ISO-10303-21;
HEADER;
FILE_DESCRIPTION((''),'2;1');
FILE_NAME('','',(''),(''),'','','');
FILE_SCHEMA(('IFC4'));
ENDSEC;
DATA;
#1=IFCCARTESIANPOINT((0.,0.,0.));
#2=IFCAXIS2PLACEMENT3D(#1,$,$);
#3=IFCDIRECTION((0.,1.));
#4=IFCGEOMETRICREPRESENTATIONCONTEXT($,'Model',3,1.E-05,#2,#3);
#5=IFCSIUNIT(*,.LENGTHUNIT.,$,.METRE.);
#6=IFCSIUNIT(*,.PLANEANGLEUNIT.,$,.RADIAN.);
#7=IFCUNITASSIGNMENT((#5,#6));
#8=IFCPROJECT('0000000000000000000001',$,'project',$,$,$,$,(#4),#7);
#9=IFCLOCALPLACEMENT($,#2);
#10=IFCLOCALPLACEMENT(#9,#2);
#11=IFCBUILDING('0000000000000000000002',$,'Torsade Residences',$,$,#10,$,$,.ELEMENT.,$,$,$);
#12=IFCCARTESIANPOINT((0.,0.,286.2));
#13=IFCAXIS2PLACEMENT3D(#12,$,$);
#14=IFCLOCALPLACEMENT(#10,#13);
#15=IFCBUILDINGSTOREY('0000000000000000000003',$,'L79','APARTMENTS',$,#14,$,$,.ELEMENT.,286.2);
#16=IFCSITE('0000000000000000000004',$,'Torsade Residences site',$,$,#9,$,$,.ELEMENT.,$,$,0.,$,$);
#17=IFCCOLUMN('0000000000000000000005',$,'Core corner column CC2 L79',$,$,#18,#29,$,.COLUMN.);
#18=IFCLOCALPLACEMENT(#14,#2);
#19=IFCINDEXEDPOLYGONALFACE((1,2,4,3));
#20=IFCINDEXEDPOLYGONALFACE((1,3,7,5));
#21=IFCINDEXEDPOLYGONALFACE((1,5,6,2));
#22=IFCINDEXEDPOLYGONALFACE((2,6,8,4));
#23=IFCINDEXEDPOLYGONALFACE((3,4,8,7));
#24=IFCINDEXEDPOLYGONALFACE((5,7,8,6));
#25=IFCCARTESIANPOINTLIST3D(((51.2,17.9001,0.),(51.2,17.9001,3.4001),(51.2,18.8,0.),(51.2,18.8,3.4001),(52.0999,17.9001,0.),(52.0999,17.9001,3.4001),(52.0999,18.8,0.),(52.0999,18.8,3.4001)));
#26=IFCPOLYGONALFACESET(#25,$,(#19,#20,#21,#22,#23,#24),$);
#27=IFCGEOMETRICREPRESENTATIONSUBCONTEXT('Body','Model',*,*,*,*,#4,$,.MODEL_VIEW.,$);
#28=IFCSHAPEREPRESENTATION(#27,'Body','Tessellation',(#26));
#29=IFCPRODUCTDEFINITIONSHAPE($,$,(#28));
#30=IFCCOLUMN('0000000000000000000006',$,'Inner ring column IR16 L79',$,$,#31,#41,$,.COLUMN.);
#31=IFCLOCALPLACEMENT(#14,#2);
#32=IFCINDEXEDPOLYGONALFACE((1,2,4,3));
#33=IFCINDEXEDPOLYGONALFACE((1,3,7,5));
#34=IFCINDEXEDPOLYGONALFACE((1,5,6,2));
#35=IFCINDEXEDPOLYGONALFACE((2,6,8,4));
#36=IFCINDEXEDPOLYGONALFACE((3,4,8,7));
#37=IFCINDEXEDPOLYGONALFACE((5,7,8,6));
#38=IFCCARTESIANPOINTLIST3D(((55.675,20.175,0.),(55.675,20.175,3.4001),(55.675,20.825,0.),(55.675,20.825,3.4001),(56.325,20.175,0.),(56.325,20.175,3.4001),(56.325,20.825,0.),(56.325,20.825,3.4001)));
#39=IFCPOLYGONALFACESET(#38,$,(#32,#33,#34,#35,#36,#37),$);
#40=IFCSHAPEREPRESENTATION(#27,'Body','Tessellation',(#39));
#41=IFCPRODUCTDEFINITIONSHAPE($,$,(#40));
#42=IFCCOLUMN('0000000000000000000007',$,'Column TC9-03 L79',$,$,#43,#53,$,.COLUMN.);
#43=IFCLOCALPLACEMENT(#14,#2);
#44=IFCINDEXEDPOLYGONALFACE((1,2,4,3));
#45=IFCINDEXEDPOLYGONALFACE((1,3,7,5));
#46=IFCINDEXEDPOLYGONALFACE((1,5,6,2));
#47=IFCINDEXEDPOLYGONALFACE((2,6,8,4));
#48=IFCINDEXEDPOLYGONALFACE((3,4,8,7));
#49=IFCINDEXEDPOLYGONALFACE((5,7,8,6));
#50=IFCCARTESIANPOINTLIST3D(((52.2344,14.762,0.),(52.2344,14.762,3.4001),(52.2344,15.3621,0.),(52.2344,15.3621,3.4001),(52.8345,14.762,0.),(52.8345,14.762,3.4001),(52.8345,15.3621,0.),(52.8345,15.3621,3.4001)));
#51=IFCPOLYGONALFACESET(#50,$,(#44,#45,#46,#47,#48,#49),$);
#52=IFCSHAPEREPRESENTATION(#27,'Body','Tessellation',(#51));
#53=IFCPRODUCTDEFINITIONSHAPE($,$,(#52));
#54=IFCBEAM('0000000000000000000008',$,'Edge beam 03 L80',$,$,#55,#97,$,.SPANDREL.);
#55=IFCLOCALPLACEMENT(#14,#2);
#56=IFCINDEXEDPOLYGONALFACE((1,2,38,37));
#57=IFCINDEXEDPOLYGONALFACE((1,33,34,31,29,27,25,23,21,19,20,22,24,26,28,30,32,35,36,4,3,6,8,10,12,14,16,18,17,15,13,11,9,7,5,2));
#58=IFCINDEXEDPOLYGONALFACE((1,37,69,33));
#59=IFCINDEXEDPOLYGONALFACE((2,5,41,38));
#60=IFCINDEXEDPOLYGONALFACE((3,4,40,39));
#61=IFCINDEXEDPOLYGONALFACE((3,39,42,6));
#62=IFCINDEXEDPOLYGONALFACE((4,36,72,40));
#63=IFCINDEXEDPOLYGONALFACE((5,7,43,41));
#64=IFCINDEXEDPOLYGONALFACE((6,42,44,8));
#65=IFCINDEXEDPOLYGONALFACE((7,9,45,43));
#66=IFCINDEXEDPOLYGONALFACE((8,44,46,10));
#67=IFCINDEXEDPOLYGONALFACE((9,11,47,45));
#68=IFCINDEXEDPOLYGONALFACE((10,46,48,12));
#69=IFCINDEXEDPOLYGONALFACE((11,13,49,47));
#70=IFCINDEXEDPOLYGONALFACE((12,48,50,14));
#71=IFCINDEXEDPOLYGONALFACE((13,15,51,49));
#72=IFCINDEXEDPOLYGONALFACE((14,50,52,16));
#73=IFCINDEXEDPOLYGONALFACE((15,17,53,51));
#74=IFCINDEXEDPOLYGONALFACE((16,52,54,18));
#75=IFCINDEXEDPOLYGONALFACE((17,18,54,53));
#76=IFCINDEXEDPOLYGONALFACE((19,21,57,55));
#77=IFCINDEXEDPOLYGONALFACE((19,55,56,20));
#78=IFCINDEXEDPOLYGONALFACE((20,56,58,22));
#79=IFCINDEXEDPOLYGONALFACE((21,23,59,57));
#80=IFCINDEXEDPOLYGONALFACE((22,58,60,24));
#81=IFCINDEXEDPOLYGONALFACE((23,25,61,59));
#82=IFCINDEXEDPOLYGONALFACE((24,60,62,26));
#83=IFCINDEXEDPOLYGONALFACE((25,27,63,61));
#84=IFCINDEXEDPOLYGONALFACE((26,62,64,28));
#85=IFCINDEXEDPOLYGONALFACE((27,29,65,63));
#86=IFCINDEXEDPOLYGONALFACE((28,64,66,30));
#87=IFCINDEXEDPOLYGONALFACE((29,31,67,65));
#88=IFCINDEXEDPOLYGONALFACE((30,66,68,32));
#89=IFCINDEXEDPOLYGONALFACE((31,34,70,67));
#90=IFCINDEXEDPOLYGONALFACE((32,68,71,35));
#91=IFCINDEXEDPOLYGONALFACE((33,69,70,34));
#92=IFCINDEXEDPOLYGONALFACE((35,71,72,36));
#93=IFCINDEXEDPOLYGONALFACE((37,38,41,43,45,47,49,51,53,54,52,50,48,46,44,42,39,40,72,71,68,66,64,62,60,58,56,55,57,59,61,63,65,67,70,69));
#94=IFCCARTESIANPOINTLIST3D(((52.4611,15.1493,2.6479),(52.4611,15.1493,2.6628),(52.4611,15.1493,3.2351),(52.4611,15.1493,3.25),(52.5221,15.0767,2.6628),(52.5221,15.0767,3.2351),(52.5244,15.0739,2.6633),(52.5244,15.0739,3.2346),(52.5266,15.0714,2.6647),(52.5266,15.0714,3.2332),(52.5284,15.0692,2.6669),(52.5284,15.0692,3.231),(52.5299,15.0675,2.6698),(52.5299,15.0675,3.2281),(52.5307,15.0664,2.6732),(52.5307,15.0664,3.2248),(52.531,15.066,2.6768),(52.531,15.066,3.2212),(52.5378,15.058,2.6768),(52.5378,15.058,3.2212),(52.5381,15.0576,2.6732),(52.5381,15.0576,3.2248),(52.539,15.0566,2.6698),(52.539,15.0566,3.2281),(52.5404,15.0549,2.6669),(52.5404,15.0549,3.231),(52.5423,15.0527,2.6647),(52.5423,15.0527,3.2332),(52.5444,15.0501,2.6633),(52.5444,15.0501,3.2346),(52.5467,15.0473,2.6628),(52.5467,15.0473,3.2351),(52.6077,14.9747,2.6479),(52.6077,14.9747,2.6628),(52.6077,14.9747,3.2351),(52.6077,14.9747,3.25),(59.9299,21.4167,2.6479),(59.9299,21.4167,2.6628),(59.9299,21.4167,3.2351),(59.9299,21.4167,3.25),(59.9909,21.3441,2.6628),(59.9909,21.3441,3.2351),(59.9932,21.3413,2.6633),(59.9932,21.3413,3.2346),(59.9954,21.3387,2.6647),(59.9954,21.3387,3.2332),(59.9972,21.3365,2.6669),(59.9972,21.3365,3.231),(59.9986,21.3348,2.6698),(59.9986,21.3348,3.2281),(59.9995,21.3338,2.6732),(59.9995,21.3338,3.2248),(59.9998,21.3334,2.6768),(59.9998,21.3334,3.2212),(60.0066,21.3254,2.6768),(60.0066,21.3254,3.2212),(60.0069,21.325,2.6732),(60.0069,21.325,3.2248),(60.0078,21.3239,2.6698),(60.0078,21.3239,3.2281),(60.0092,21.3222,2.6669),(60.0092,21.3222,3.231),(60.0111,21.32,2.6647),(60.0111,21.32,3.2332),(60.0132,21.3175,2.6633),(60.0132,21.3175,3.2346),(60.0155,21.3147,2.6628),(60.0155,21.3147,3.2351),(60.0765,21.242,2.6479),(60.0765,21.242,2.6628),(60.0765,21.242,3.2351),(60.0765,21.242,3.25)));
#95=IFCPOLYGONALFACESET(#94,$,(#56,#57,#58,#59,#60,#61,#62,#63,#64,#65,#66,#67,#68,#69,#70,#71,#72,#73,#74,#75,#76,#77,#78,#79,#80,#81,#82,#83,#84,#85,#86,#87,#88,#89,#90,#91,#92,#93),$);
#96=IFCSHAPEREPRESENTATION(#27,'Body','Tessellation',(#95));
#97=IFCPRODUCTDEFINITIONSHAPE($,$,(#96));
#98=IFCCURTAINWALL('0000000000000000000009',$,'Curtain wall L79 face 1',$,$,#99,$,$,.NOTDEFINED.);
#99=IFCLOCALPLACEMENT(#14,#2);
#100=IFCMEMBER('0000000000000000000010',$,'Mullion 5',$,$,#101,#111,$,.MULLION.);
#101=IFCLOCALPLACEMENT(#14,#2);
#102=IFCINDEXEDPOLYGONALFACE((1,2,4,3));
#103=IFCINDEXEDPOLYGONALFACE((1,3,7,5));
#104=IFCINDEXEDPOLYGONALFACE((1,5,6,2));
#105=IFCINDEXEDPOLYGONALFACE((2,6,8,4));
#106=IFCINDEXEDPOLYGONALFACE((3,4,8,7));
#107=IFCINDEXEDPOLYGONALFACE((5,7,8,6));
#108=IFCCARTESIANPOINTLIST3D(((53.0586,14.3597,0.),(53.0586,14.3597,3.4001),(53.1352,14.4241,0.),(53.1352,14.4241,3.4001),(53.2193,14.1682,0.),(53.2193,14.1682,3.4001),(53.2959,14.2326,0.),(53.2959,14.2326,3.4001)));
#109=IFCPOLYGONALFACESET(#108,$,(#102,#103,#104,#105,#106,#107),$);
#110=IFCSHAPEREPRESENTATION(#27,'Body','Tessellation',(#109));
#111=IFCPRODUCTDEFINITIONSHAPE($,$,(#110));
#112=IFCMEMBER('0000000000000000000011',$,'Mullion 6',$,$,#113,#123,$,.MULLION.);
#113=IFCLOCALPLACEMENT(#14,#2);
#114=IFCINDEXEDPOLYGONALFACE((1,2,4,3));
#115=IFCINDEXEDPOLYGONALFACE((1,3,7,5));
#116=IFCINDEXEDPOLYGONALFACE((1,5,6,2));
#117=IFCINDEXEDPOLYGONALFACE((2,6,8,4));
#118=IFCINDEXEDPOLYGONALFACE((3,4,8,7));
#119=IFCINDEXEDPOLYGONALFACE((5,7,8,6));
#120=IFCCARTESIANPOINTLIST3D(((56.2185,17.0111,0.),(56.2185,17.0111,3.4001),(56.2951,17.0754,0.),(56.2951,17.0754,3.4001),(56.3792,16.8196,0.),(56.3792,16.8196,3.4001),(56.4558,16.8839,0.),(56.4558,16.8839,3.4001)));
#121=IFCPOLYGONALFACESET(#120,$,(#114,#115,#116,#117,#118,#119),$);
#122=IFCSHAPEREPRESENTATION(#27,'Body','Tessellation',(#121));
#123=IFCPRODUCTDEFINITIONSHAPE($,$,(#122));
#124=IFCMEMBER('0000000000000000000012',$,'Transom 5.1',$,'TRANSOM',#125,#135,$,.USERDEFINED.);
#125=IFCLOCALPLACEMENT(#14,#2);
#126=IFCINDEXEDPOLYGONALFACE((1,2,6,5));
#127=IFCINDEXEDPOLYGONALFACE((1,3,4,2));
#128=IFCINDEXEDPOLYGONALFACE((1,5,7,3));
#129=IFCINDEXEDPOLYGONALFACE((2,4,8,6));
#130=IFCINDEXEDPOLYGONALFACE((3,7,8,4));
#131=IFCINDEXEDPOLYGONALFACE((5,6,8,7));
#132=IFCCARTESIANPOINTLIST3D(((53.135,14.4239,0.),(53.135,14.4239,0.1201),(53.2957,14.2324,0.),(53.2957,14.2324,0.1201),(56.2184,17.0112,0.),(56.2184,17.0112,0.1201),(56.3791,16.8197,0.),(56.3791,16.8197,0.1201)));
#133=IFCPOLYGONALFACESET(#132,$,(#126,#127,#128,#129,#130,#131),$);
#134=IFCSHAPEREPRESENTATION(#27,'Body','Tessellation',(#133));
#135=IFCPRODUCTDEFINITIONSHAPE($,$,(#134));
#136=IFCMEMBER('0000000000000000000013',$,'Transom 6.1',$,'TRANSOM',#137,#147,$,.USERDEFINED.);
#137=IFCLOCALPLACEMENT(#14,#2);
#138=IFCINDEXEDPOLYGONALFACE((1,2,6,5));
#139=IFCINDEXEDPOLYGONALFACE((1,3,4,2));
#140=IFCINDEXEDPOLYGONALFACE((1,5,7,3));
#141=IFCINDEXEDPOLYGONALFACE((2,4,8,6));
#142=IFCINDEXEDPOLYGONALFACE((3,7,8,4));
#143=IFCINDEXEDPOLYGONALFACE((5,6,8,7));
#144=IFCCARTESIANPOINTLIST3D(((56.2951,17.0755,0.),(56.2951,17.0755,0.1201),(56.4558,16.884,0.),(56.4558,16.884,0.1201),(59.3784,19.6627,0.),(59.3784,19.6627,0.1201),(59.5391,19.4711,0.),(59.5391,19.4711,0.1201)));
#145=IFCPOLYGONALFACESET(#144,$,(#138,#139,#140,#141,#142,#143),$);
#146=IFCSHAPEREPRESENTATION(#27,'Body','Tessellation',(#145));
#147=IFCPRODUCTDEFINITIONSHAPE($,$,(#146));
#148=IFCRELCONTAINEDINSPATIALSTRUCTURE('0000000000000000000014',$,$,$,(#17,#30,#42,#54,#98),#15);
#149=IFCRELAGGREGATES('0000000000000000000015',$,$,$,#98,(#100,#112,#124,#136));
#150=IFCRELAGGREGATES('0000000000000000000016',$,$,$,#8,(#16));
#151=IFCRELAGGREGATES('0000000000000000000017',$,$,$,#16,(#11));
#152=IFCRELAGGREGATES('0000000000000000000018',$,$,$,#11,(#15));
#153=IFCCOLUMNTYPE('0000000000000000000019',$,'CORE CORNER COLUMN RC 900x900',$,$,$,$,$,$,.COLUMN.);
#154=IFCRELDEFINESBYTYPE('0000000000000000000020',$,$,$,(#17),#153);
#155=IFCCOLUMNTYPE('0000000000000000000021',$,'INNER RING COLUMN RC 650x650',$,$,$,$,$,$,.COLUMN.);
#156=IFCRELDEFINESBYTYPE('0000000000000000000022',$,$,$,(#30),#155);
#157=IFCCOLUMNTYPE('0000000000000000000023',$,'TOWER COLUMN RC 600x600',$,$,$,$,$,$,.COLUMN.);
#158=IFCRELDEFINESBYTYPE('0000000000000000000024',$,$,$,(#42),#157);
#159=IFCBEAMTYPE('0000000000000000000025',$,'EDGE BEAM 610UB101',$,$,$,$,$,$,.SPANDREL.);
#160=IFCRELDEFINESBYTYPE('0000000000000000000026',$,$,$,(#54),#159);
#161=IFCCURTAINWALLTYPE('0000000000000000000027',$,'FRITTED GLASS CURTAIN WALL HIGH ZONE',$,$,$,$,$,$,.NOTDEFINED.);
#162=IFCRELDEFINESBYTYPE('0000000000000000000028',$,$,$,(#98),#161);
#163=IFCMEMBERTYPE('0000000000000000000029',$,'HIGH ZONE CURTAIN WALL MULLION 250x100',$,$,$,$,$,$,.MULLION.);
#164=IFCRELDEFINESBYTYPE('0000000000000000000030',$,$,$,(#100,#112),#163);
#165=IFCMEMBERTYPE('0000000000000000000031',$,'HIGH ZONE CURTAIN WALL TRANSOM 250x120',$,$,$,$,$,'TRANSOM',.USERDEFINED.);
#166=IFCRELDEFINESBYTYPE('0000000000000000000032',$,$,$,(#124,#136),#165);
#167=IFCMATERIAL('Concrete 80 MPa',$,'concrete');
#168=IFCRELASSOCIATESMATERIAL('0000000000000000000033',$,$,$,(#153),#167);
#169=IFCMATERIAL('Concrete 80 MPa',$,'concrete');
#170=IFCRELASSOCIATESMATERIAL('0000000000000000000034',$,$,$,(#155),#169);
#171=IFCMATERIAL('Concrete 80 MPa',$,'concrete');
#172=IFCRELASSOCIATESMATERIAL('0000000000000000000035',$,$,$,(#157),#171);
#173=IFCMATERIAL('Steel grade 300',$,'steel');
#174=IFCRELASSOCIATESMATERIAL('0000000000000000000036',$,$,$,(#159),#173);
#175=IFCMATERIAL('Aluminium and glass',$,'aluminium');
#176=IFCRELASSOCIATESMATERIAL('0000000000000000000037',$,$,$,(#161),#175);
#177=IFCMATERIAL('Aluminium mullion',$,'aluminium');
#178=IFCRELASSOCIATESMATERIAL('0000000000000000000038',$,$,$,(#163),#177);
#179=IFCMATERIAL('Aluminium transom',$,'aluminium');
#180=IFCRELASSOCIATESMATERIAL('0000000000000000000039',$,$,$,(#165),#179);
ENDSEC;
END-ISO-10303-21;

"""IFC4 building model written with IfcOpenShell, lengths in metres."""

from ifc_helpers import new_model, si_unit, direction, frame, origin, origin_2d, place, context, subcontext, project, spatial, rectangle, i_section, extrude, material, material_profile, profile_set, type_object, element, aggregate, save


model = new_model("IFC4")

# Units and contexts
model_context = context("Model", 3, precision=1e-05, world=origin(), true_north=direction((0.0, 1.0)))
body_context = subcontext(model_context, "Body", "Model", "MODEL_VIEW")
ifc_project = project(units=[si_unit("LENGTHUNIT", "METRE"), si_unit("PLANEANGLEUNIT", "RADIAN")], contexts=[model_context])

# Site, building, storey
site_placement = place(None, origin())
site = spatial("IfcSite", under=ifc_project, at=site_placement, Name="Torsade Residences site", CompositionType="ELEMENT", RefElevation=0.0)
building_placement = place(site_placement, origin())
building = spatial("IfcBuilding", under=site, at=building_placement, Name="Torsade Residences", CompositionType="ELEMENT")
storey_placement = place(building_placement, frame((0.0, 0.0, 286.2)))
storey = spatial("IfcBuildingStorey", under=building, at=storey_placement, Name="L79", Description="APARTMENTS", CompositionType="ELEMENT", Elevation=286.2)

# Columns
ifc_material_1 = material(Name="Concrete 80 MPa", Category="concrete")
ifc_material_profile_1 = material_profile(ifc_material_1, rectangle(XDim=0.8999, YDim=0.8999, at=origin_2d()), Name="RC 900x900")
ifc_profile_set_1 = profile_set([ifc_material_profile_1], Name="Concrete 80 MPa")
column_type_1 = type_object("IfcColumnType", Name="CORE CORNER COLUMN RC 900x900", PredefinedType="COLUMN", material=ifc_profile_set_1)
column_1_placement = place(storey_placement, frame((51.6499, 18.3501, 0.0), z_axis=(0.0, 0.0, 1.0), x_axis=(1.0, 0.0, 0.0)))
element("IfcColumn", 1, at=column_1_placement, inside=storey, type_object=column_type_1, Name="Core corner column CC2 L79", PredefinedType="COLUMN", context=body_context, shape_type="SweptSolid", body=[
    extrude(rectangle(XDim=0.8999, YDim=0.8999, at=origin_2d()), origin(), (0.0, 0.0, 1.0), 3.4001),
])
ifc_material_2 = material(Name="Concrete 80 MPa", Category="concrete")
ifc_material_profile_2 = material_profile(ifc_material_2, rectangle(XDim=0.6499, YDim=0.6499, at=origin_2d()), Name="RC 650x650")
ifc_profile_set_2 = profile_set([ifc_material_profile_2], Name="Concrete 80 MPa")
column_type_2 = type_object("IfcColumnType", Name="INNER RING COLUMN RC 650x650", PredefinedType="COLUMN", material=ifc_profile_set_2)
column_2_placement = place(storey_placement, frame((56.0, 20.5, 0.0), z_axis=(0.0, 0.0, 1.0), x_axis=(1.0, 0.0, 0.0)))
element("IfcColumn", 2, at=column_2_placement, inside=storey, type_object=column_type_2, Name="Inner ring column IR16 L79", PredefinedType="COLUMN", context=body_context, shape_type="SweptSolid", body=[
    extrude(rectangle(XDim=0.6499, YDim=0.6499, at=origin_2d()), origin(), (0.0, 0.0, 1.0), 3.4001),
])
ifc_material_3 = material(Name="Concrete 80 MPa", Category="concrete")
ifc_material_profile_3 = material_profile(ifc_material_3, rectangle(XDim=0.6001, YDim=0.6001, at=origin_2d()), Name="RC 600x600")
ifc_profile_set_3 = profile_set([ifc_material_profile_3], Name="Concrete 80 MPa")
column_type_3 = type_object("IfcColumnType", Name="TOWER COLUMN RC 600x600", PredefinedType="COLUMN", material=ifc_profile_set_3)
column_3_placement = place(storey_placement, frame((52.5344, 15.062, 0.0), z_axis=(0.0, 0.0, 1.0), x_axis=(1.0, 0.0, 0.0)))
element("IfcColumn", 3, at=column_3_placement, inside=storey, type_object=column_type_3, Name="Column TC9-03 L79", PredefinedType="COLUMN", context=body_context, shape_type="SweptSolid", body=[
    extrude(rectangle(XDim=0.6001, YDim=0.6001, at=origin_2d()), origin(), (0.0, 0.0, 1.0), 3.4001),
])

# Beam
ifc_material_4 = material(Name="Steel grade 300", Category="steel")
ifc_material_profile_4 = material_profile(ifc_material_4, i_section(OverallWidth=0.228, OverallDepth=0.6021, WebThickness=0.0105, FlangeThickness=0.0149, FilletRadius=0.0139, at=origin_2d()), Name="610UB101")
ifc_profile_set_4 = profile_set([ifc_material_profile_4], Name="Steel grade 300")
beam_type_1 = type_object("IfcBeamType", Name="EDGE BEAM 610UB101", PredefinedType="SPANDREL", material=ifc_profile_set_4)
beam_1_placement = place(storey_placement, frame((52.5344, 15.062, 2.949), z_axis=(0.766029, 0.642806, 0.0), x_axis=(-0.642806, 0.766029, 0.0)))
element("IfcBeam", 4, at=beam_1_placement, inside=storey, type_object=beam_type_1, Name="Edge beam 03 L80", PredefinedType="SPANDREL", context=body_context, shape_type="SweptSolid", body=[
    extrude(i_section(OverallWidth=0.228, OverallDepth=0.6021, WebThickness=0.0105, FlangeThickness=0.0149, FilletRadius=0.0139, at=origin_2d()), origin(), (0.0, 0.0, 1.0), 9.75),
])

# Curtain wall, members
ifc_material_5 = material(Name="Aluminium and glass", Category="aluminium")
curtain_wall_type = type_object("IfcCurtainWallType", Name="FRITTED GLASS CURTAIN WALL HIGH ZONE", PredefinedType="NOTDEFINED", material=ifc_material_5)
curtain_wall_placement = place(storey_placement, origin())
curtain_wall = element("IfcCurtainWall", 5, at=curtain_wall_placement, inside=storey, type_object=curtain_wall_type, Name="Curtain wall L79 face 1", PredefinedType="NOTDEFINED")
ifc_material_6 = material(Name="Aluminium mullion", Category="aluminium")
ifc_material_profile_5 = material_profile(ifc_material_6, rectangle(XDim=0.25, YDim=0.1001, at=origin_2d()), Name="HIGH ZONE CURTAIN WALL MULLION 250x100")
ifc_profile_set_5 = profile_set([ifc_material_profile_5], Name="Aluminium mullion")
member_type_1 = type_object("IfcMemberType", Name="HIGH ZONE CURTAIN WALL MULLION 250x100", PredefinedType="MULLION", material=ifc_profile_set_5)
member_1_placement = place(storey_placement, frame((53.1772, 14.2961, 0.0), z_axis=(0.0, 0.0, 1.0), x_axis=(-0.642788, 0.766044, 0.0)))
member_1 = element("IfcMember", 6, at=member_1_placement, type_object=member_type_1, Name="Mullion 5", PredefinedType="MULLION", context=body_context, shape_type="SweptSolid", body=[
    extrude(rectangle(XDim=0.25, YDim=0.1001, at=origin_2d()), origin(), (0.0, 0.0, 1.0), 3.4001),
])
member_2_placement = place(storey_placement, frame((56.3372, 16.9475, 0.0), z_axis=(0.0, 0.0, 1.0), x_axis=(-0.642788, 0.766044, 0.0)))
member_2 = element("IfcMember", 7, at=member_2_placement, type_object=member_type_1, Name="Mullion 6", PredefinedType="MULLION", context=body_context, shape_type="SweptSolid", body=[
    extrude(rectangle(XDim=0.25, YDim=0.1001, at=origin_2d()), origin(), (0.0, 0.0, 1.0), 3.4001),
])
ifc_material_7 = material(Name="Aluminium transom", Category="aluminium")
ifc_material_profile_6 = material_profile(ifc_material_7, rectangle(XDim=0.25, YDim=0.1201, at=origin_2d()), Name="HIGH ZONE CURTAIN WALL TRANSOM 250x120")
ifc_profile_set_6 = profile_set([ifc_material_profile_6], Name="Aluminium transom")
member_type_2 = type_object("IfcMemberType", Name="HIGH ZONE CURTAIN WALL TRANSOM 250x120", ElementType="TRANSOM", PredefinedType="USERDEFINED", material=ifc_profile_set_6)
member_3_placement = place(storey_placement, frame((53.2153, 14.3281, 0.0601), z_axis=(0.766039, 0.642794, 0.0), x_axis=(-0.642794, 0.766039, 0.0)))
member_3 = element("IfcMember", 8, at=member_3_placement, type_object=member_type_2, Name="Transom 5.1", ObjectType="TRANSOM", PredefinedType="USERDEFINED", context=body_context, shape_type="SweptSolid", body=[
    extrude(rectangle(XDim=0.25, YDim=0.1201, at=origin_2d()), origin(), (0.0, 0.0, 1.0), 4.0251),
])
member_4_placement = place(storey_placement, frame((56.3755, 16.9797, 0.0601), z_axis=(0.766044, 0.642788, 0.0), x_axis=(-0.642788, 0.766044, 0.0)))
member_4 = element("IfcMember", 9, at=member_4_placement, type_object=member_type_2, Name="Transom 6.1", ObjectType="TRANSOM", PredefinedType="USERDEFINED", context=body_context, shape_type="SweptSolid", body=[
    extrude(rectangle(XDim=0.25, YDim=0.1201, at=origin_2d()), origin(), (0.0, 0.0, 1.0), 4.0249),
])

aggregate(curtain_wall, [member_1, member_2, member_3, member_4])

save(model, "model.ifc")
